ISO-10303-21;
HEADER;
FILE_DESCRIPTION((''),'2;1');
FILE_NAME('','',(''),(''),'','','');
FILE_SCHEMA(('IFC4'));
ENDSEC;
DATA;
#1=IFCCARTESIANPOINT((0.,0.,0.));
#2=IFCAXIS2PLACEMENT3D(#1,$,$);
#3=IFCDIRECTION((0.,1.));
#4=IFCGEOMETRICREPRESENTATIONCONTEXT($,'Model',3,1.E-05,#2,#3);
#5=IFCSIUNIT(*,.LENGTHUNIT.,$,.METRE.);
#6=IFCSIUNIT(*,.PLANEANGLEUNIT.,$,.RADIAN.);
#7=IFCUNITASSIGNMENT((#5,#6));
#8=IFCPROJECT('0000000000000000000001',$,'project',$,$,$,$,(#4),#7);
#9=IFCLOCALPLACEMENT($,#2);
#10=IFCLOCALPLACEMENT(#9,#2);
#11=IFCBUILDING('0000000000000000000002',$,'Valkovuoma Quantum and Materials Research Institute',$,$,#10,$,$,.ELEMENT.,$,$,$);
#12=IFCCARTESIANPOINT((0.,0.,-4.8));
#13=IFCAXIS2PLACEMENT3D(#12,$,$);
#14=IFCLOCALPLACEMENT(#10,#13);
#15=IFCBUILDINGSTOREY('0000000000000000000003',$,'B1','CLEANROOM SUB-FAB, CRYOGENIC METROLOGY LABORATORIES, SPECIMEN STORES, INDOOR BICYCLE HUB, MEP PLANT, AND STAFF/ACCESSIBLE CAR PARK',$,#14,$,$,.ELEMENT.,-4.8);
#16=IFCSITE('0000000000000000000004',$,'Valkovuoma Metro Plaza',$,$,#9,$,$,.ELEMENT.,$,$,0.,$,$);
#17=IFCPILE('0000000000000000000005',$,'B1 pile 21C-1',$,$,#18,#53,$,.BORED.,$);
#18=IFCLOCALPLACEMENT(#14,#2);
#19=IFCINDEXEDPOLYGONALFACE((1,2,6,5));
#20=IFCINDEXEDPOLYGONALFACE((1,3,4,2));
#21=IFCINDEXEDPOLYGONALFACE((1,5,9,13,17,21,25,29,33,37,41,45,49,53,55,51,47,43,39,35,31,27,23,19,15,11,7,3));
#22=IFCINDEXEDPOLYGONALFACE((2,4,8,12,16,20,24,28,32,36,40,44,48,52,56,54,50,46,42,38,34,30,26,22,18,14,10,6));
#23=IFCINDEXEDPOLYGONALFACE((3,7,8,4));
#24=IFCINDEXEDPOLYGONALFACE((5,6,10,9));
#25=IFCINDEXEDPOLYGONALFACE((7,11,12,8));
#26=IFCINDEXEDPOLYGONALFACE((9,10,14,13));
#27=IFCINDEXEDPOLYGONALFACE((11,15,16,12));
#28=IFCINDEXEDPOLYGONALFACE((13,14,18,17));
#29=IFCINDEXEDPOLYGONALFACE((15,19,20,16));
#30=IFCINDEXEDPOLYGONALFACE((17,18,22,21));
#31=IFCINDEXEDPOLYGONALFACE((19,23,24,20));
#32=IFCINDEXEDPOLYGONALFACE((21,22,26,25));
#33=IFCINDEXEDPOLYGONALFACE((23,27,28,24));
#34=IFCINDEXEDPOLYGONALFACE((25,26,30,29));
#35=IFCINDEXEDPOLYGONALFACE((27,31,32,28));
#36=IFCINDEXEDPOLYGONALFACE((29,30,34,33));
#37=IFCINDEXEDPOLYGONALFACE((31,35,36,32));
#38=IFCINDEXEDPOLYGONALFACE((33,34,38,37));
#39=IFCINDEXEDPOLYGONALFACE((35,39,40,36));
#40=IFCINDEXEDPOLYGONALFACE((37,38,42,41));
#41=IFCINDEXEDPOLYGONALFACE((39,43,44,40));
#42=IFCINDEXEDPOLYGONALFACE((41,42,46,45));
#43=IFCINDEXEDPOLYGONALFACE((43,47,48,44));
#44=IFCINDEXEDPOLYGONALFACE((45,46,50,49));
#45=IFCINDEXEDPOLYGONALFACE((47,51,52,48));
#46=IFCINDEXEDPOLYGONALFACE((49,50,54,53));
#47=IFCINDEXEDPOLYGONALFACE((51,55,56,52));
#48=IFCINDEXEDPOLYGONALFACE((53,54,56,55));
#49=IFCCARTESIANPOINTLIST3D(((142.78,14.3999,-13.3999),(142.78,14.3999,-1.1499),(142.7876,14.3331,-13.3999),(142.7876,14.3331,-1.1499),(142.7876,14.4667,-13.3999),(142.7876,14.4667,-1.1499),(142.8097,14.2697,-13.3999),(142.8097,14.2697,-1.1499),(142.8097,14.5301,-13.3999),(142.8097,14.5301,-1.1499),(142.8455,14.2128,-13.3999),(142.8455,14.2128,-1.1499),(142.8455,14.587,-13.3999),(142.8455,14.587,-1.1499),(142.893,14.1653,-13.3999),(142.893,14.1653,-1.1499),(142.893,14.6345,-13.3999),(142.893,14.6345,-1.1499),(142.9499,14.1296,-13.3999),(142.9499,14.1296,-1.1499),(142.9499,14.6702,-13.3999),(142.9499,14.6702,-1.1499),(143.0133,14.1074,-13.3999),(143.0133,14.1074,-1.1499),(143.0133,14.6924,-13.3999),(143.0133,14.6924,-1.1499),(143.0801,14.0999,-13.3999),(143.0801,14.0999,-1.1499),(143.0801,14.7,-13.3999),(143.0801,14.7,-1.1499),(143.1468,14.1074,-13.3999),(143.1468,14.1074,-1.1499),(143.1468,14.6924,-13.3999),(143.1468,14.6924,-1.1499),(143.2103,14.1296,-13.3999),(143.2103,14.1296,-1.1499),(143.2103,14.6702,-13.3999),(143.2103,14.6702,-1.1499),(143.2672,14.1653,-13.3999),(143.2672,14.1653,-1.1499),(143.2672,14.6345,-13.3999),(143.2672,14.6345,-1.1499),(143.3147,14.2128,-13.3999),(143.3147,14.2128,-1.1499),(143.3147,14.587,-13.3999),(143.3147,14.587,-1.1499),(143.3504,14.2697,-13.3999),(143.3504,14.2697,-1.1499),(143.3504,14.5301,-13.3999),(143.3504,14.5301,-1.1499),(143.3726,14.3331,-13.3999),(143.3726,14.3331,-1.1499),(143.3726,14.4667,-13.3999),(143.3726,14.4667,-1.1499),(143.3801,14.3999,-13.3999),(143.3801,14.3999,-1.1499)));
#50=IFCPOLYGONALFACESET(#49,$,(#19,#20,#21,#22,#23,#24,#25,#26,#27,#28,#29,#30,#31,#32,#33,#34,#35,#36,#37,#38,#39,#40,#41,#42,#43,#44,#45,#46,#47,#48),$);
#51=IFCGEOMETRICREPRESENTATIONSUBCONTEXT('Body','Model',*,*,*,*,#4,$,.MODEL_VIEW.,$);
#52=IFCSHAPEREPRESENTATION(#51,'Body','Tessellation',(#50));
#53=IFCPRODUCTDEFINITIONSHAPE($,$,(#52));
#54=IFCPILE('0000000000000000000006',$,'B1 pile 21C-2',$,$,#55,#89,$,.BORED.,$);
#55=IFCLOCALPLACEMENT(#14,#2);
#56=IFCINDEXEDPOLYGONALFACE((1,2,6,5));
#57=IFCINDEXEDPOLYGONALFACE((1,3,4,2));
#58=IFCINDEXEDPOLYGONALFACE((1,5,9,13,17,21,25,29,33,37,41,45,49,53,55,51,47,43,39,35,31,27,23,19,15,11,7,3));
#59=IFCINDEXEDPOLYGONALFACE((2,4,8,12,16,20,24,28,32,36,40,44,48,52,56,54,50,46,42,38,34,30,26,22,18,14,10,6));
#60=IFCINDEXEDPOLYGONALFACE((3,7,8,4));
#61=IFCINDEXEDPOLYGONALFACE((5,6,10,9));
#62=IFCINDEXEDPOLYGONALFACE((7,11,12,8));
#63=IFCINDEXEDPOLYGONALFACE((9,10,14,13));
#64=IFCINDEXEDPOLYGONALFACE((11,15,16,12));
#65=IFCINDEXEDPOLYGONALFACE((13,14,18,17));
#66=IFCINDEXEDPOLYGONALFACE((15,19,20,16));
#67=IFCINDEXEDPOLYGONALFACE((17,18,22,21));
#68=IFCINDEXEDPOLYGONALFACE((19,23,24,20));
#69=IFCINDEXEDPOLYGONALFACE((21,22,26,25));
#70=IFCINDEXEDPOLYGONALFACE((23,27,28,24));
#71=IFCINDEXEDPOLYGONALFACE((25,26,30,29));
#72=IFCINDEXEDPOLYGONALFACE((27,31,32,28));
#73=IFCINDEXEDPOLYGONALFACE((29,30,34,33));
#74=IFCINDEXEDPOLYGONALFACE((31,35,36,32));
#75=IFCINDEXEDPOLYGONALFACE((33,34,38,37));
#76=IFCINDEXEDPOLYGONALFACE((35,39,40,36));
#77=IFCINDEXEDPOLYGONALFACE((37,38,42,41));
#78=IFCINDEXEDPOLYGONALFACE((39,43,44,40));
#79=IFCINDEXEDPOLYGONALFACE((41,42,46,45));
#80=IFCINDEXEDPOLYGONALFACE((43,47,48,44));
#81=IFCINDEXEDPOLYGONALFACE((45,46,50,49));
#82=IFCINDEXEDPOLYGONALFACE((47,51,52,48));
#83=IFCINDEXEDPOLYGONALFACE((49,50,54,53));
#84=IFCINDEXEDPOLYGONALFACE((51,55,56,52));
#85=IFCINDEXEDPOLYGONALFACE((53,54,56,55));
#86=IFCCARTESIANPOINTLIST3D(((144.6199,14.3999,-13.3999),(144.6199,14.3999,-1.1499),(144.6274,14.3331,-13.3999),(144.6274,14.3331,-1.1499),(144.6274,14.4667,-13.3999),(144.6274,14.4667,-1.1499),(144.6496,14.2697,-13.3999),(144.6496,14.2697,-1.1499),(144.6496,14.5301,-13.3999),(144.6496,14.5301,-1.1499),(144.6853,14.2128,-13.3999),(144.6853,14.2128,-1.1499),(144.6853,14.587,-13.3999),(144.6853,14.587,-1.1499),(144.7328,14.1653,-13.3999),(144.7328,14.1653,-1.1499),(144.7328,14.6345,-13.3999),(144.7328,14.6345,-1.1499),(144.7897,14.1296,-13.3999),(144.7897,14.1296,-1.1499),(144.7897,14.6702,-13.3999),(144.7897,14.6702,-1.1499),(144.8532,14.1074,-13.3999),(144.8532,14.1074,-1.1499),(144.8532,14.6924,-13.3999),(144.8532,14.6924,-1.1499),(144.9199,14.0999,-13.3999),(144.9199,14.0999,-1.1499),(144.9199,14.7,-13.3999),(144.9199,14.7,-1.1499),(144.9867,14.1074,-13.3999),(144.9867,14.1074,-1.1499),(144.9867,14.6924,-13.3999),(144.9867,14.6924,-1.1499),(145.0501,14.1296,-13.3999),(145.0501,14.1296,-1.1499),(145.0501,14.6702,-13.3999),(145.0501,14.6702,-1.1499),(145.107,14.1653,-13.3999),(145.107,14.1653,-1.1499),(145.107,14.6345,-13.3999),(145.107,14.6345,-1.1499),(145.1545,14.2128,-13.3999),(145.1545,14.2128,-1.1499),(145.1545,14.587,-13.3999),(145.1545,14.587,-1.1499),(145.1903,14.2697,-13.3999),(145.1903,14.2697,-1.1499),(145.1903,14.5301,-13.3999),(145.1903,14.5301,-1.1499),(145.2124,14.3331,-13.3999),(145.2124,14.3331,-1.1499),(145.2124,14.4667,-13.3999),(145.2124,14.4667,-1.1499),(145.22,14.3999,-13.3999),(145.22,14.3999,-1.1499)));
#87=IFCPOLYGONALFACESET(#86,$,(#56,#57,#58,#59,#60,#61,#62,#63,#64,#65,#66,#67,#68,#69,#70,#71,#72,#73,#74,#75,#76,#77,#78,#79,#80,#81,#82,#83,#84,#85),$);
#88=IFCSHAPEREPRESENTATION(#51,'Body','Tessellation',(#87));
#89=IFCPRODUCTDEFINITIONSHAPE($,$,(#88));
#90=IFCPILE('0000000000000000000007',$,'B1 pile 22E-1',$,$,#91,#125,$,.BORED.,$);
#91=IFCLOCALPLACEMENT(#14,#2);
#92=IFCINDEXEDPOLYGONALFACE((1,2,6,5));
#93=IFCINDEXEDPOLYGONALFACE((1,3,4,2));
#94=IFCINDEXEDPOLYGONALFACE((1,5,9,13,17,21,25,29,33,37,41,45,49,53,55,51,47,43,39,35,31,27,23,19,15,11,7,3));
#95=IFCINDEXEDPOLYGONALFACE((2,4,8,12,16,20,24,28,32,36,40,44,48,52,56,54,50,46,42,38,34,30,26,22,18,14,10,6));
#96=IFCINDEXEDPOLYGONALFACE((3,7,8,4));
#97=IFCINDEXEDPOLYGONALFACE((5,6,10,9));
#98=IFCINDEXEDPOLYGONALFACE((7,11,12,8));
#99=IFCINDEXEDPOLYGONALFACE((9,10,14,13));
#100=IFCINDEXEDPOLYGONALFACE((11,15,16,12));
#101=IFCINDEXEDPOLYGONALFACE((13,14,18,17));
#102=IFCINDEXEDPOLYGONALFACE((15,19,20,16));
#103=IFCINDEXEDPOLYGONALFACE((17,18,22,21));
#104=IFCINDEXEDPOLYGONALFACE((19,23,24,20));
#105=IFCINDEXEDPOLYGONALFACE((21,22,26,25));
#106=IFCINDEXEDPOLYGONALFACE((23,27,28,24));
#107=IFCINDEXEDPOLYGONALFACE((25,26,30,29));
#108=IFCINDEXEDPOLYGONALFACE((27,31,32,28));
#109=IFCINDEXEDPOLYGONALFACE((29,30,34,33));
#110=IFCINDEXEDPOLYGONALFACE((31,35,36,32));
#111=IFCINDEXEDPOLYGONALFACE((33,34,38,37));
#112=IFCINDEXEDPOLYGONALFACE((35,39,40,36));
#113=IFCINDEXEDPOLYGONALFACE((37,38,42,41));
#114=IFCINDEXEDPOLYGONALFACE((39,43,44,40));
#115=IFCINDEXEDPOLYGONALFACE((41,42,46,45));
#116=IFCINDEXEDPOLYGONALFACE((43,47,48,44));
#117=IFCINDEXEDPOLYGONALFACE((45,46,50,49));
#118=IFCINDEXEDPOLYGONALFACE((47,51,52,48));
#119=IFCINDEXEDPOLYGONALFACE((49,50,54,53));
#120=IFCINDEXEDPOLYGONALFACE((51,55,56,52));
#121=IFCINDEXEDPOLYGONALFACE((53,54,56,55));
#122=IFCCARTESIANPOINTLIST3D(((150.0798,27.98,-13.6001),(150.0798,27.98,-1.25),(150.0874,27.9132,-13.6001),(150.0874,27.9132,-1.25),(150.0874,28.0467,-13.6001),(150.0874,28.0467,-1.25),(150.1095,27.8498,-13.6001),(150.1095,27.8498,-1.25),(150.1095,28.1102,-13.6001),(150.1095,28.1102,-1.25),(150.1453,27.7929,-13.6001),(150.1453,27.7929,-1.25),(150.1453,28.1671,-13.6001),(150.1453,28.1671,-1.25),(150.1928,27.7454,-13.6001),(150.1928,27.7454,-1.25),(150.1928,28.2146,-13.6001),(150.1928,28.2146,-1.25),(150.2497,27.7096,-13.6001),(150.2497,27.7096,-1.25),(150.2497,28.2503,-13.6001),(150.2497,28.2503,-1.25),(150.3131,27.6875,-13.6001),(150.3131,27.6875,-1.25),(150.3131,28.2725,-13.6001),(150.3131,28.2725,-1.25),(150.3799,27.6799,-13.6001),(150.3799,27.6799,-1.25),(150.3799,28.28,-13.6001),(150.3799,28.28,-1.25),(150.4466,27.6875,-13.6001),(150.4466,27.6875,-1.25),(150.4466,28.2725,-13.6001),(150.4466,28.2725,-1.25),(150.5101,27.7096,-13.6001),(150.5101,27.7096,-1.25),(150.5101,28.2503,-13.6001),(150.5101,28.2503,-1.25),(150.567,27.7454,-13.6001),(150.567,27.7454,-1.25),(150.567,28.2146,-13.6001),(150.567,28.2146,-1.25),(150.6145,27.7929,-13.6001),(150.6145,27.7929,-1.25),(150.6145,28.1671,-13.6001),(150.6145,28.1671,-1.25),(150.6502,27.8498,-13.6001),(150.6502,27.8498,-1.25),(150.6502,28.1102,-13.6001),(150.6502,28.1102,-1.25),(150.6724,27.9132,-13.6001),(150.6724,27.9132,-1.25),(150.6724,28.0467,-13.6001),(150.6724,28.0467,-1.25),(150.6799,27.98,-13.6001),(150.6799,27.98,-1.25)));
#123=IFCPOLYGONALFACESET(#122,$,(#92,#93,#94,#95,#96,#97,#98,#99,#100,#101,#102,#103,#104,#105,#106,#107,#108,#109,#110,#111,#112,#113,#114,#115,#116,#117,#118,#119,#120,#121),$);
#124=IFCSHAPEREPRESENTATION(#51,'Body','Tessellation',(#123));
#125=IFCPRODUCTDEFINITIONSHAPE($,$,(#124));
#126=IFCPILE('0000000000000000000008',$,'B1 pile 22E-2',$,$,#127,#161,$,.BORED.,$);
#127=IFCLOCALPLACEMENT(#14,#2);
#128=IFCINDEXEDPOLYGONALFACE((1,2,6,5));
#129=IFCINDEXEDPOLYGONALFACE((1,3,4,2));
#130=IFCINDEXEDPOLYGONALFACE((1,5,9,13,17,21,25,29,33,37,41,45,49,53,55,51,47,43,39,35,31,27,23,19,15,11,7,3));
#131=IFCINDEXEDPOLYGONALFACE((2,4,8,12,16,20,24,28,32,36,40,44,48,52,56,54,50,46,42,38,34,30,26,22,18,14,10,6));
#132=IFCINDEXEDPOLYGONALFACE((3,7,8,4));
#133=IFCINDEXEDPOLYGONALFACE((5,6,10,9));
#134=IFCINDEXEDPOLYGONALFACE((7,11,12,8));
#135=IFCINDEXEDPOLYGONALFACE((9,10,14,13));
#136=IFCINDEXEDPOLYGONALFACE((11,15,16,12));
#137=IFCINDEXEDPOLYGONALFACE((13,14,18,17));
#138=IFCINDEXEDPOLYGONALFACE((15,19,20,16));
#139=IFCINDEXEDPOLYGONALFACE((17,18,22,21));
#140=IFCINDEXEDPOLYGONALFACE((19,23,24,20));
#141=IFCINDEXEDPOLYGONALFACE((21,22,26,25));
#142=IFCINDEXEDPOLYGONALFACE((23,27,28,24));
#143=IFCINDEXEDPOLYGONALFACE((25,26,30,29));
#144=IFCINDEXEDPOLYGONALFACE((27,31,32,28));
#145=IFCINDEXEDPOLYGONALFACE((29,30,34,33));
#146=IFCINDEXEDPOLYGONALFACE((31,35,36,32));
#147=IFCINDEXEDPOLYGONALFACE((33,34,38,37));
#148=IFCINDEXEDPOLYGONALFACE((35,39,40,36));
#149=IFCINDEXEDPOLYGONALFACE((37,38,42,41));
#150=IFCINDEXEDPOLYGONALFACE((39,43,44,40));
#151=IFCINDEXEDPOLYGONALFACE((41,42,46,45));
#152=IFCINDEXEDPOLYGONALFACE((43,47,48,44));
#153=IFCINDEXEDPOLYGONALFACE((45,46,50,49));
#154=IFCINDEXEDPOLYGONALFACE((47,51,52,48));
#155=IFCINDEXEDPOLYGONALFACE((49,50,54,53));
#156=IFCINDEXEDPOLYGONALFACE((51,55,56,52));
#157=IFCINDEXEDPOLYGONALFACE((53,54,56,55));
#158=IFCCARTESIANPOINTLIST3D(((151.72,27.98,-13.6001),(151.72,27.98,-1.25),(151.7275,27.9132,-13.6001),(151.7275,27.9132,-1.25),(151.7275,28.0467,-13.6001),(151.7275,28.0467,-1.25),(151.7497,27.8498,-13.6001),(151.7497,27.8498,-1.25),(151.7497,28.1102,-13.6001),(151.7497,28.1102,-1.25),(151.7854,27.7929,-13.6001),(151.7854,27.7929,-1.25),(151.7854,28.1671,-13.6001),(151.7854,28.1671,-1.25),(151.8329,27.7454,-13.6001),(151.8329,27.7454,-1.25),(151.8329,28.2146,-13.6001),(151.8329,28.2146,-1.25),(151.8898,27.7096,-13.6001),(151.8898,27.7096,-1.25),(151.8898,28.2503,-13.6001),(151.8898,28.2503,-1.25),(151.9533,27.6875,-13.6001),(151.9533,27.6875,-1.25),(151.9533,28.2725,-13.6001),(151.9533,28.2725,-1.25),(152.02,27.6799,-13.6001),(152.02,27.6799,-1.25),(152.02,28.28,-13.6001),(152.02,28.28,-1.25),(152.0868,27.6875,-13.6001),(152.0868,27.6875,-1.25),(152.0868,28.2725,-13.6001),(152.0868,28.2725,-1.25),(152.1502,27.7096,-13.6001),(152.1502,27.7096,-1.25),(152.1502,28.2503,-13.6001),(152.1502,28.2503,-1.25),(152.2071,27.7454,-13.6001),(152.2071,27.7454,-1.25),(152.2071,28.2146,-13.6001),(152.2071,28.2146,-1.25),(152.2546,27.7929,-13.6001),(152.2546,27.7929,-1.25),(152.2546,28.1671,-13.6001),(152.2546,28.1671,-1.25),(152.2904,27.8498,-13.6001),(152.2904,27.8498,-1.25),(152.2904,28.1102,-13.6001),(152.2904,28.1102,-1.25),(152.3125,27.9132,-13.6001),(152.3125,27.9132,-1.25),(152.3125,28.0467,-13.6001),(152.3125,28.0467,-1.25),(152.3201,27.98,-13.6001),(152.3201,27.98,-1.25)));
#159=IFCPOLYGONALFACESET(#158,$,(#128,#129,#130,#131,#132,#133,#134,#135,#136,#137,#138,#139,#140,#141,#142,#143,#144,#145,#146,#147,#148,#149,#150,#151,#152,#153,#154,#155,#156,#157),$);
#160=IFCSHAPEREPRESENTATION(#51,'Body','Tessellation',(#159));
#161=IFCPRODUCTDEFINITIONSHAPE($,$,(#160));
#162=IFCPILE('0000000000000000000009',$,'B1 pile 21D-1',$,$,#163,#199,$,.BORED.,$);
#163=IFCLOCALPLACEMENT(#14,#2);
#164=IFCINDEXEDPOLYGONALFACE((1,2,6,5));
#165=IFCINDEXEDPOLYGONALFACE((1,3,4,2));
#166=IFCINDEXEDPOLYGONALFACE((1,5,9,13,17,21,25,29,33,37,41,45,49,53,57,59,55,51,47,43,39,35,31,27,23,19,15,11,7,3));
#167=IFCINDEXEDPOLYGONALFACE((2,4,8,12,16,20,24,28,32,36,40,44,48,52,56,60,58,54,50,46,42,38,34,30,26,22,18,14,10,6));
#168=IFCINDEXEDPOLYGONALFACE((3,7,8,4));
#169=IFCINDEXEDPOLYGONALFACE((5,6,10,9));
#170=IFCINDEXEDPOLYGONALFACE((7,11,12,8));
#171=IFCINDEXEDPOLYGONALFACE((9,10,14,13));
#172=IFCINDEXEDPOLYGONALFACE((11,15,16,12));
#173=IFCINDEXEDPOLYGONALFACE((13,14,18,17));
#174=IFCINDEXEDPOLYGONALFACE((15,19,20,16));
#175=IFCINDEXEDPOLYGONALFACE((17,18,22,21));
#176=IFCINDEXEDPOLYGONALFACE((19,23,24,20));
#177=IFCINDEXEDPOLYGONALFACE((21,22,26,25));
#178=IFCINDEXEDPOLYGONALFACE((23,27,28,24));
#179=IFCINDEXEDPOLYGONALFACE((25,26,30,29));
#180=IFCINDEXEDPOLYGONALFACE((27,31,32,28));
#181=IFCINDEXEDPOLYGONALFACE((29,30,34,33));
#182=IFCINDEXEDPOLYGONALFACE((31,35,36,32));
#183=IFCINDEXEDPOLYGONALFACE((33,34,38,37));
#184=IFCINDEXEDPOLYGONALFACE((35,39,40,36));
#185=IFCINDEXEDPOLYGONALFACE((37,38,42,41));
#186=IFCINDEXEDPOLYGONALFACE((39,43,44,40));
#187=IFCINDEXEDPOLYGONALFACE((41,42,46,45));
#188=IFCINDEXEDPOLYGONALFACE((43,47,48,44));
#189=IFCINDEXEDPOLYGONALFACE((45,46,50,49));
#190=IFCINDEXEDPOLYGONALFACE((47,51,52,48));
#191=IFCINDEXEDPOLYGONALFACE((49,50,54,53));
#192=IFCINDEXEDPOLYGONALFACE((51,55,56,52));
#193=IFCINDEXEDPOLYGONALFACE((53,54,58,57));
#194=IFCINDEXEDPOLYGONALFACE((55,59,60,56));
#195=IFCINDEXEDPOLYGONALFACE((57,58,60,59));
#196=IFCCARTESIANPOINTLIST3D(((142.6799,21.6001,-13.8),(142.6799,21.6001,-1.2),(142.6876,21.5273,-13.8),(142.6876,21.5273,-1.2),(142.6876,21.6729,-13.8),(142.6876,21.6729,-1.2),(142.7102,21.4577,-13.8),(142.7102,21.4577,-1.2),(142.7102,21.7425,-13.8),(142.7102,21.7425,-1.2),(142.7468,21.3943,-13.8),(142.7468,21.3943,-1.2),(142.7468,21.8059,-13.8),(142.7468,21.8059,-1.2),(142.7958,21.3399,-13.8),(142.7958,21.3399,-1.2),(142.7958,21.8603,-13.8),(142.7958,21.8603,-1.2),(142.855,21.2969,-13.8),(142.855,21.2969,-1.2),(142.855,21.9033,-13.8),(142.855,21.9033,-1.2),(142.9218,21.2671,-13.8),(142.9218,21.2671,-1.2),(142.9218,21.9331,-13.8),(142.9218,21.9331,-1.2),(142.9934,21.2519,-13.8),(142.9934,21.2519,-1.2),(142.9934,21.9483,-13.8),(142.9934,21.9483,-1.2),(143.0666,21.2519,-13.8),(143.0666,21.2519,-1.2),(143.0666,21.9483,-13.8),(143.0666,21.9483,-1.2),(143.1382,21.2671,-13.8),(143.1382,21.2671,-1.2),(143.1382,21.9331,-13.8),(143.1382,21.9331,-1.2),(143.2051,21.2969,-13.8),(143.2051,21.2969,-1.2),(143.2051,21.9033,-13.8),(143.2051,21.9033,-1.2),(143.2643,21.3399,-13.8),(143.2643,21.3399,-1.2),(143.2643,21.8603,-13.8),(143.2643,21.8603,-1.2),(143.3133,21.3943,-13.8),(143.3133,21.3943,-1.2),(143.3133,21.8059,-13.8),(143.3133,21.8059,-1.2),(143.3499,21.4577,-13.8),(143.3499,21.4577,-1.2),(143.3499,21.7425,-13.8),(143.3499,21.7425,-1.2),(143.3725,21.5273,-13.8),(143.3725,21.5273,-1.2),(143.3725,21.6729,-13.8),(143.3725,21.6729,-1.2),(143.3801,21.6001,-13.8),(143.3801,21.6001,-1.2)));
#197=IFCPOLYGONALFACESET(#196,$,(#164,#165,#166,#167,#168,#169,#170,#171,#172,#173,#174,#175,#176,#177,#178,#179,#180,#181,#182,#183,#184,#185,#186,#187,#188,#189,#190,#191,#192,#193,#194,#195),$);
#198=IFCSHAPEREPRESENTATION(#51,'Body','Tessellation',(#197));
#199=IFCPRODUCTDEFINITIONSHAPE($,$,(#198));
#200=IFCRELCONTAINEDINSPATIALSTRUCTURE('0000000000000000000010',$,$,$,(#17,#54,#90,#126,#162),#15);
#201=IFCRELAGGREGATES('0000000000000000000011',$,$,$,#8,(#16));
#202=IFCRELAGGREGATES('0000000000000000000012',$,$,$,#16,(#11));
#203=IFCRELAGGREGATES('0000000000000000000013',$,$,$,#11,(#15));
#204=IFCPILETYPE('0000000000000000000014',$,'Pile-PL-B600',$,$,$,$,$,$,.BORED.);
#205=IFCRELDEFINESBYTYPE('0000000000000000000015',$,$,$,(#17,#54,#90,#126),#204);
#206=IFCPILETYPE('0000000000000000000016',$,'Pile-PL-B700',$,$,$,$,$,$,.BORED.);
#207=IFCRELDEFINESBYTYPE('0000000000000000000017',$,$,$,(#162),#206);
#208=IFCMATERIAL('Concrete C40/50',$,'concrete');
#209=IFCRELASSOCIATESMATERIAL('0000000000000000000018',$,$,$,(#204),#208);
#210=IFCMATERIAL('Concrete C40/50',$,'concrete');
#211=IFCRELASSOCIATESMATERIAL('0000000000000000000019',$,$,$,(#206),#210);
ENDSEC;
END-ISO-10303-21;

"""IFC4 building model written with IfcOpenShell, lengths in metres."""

from ifc_helpers import new_model, si_unit, direction, frame, origin, origin_2d, place, context, subcontext, project, spatial, circle, extrude, material, material_profile, profile_set, type_object, element, save


model = new_model("IFC4")

# Units and contexts
model_context = context("Model", 3, precision=1e-05, world=origin(), true_north=direction((0.0, 1.0)))
body_context = subcontext(model_context, "Body", "Model", "MODEL_VIEW")
ifc_project = project(units=[si_unit("LENGTHUNIT", "METRE"), si_unit("PLANEANGLEUNIT", "RADIAN")], contexts=[model_context])

# Site, building, storey
site_placement = place(None, origin())
site = spatial("IfcSite", under=ifc_project, at=site_placement, Name="Valkovuoma Metro Plaza", CompositionType="ELEMENT", RefElevation=0.0)
building_placement = place(site_placement, origin())
building = spatial("IfcBuilding", under=site, at=building_placement, Name="Valkovuoma Quantum and Materials Research Institute", CompositionType="ELEMENT")
storey_placement = place(building_placement, frame((0.0, 0.0, -4.8)))
storey = spatial("IfcBuildingStorey", under=building, at=storey_placement, Name="B1", Description="CLEANROOM SUB-FAB, CRYOGENIC METROLOGY LABORATORIES, SPECIMEN STORES, INDOOR BICYCLE HUB, MEP PLANT, AND STAFF/ACCESSIBLE CAR PARK", CompositionType="ELEMENT", Elevation=-4.8)

# Piles
ifc_material_1 = material(Name="Concrete C40/50", Category="concrete")
ifc_material_profile_1 = material_profile(ifc_material_1, circle(Radius=0.3, at=origin_2d()), Name="Concrete C40/50")
ifc_profile_set_1 = profile_set([ifc_material_profile_1], Name="Concrete C40/50")
pile_type_1 = type_object("IfcPileType", Name="Pile-PL-B600", PredefinedType="BORED", material=ifc_profile_set_1)
for number, where, z_axis, x_axis, name in (
    (1, (143.0801, 14.3999, -1.1499), (0.0, 0.0, -1.0), (1.0, 0.0, 0.0), "B1 pile 21C-1"),
    (2, (144.9199, 14.3999, -1.1499), (0.0, 0.0, -1.0), (1.0, 0.0, 0.0), "B1 pile 21C-2"),
):
    element("IfcPile", number, at=place(storey_placement, frame(where, z_axis=z_axis, x_axis=x_axis)), inside=storey, type_object=pile_type_1, Name=name, PredefinedType="BORED", context=body_context, shape_type="SweptSolid", body=[
        extrude(circle(Radius=0.3, at=origin_2d()), origin(), (0.0, 0.0, 1.0), 12.25),
    ])
for number, where, z_axis, x_axis, name in (
    (3, (150.3799, 27.98, -1.25), (0.0, 0.0, -1.0), (1.0, 0.0, 0.0), "B1 pile 22E-1"),
    (4, (152.02, 27.98, -1.25), (0.0, 0.0, -1.0), (1.0, 0.0, 0.0), "B1 pile 22E-2"),
):
    element("IfcPile", number, at=place(storey_placement, frame(where, z_axis=z_axis, x_axis=x_axis)), inside=storey, type_object=pile_type_1, Name=name, PredefinedType="BORED", context=body_context, shape_type="SweptSolid", body=[
        extrude(circle(Radius=0.3, at=origin_2d()), origin(), (0.0, 0.0, 1.0), 12.3501),
    ])
ifc_material_2 = material(Name="Concrete C40/50", Category="concrete")
ifc_material_profile_2 = material_profile(ifc_material_2, circle(Radius=0.3501, at=origin_2d()), Name="Concrete C40/50")
ifc_profile_set_2 = profile_set([ifc_material_profile_2], Name="Concrete C40/50")
pile_type_2 = type_object("IfcPileType", Name="Pile-PL-B700", PredefinedType="BORED", material=ifc_profile_set_2)
for number, where, z_axis, x_axis, name in (
    (5, (143.03, 21.6001, -1.2), (0.0, 0.0, -1.0), (1.0, 0.0, 0.0), "B1 pile 21D-1"),
):
    element("IfcPile", number, at=place(storey_placement, frame(where, z_axis=z_axis, x_axis=x_axis)), inside=storey, type_object=pile_type_2, Name=name, PredefinedType="BORED", context=body_context, shape_type="SweptSolid", body=[
        extrude(circle(Radius=0.3501, at=origin_2d()), origin(), (0.0, 0.0, 1.0), 12.6001),
    ])

save(model, "model.ifc")
